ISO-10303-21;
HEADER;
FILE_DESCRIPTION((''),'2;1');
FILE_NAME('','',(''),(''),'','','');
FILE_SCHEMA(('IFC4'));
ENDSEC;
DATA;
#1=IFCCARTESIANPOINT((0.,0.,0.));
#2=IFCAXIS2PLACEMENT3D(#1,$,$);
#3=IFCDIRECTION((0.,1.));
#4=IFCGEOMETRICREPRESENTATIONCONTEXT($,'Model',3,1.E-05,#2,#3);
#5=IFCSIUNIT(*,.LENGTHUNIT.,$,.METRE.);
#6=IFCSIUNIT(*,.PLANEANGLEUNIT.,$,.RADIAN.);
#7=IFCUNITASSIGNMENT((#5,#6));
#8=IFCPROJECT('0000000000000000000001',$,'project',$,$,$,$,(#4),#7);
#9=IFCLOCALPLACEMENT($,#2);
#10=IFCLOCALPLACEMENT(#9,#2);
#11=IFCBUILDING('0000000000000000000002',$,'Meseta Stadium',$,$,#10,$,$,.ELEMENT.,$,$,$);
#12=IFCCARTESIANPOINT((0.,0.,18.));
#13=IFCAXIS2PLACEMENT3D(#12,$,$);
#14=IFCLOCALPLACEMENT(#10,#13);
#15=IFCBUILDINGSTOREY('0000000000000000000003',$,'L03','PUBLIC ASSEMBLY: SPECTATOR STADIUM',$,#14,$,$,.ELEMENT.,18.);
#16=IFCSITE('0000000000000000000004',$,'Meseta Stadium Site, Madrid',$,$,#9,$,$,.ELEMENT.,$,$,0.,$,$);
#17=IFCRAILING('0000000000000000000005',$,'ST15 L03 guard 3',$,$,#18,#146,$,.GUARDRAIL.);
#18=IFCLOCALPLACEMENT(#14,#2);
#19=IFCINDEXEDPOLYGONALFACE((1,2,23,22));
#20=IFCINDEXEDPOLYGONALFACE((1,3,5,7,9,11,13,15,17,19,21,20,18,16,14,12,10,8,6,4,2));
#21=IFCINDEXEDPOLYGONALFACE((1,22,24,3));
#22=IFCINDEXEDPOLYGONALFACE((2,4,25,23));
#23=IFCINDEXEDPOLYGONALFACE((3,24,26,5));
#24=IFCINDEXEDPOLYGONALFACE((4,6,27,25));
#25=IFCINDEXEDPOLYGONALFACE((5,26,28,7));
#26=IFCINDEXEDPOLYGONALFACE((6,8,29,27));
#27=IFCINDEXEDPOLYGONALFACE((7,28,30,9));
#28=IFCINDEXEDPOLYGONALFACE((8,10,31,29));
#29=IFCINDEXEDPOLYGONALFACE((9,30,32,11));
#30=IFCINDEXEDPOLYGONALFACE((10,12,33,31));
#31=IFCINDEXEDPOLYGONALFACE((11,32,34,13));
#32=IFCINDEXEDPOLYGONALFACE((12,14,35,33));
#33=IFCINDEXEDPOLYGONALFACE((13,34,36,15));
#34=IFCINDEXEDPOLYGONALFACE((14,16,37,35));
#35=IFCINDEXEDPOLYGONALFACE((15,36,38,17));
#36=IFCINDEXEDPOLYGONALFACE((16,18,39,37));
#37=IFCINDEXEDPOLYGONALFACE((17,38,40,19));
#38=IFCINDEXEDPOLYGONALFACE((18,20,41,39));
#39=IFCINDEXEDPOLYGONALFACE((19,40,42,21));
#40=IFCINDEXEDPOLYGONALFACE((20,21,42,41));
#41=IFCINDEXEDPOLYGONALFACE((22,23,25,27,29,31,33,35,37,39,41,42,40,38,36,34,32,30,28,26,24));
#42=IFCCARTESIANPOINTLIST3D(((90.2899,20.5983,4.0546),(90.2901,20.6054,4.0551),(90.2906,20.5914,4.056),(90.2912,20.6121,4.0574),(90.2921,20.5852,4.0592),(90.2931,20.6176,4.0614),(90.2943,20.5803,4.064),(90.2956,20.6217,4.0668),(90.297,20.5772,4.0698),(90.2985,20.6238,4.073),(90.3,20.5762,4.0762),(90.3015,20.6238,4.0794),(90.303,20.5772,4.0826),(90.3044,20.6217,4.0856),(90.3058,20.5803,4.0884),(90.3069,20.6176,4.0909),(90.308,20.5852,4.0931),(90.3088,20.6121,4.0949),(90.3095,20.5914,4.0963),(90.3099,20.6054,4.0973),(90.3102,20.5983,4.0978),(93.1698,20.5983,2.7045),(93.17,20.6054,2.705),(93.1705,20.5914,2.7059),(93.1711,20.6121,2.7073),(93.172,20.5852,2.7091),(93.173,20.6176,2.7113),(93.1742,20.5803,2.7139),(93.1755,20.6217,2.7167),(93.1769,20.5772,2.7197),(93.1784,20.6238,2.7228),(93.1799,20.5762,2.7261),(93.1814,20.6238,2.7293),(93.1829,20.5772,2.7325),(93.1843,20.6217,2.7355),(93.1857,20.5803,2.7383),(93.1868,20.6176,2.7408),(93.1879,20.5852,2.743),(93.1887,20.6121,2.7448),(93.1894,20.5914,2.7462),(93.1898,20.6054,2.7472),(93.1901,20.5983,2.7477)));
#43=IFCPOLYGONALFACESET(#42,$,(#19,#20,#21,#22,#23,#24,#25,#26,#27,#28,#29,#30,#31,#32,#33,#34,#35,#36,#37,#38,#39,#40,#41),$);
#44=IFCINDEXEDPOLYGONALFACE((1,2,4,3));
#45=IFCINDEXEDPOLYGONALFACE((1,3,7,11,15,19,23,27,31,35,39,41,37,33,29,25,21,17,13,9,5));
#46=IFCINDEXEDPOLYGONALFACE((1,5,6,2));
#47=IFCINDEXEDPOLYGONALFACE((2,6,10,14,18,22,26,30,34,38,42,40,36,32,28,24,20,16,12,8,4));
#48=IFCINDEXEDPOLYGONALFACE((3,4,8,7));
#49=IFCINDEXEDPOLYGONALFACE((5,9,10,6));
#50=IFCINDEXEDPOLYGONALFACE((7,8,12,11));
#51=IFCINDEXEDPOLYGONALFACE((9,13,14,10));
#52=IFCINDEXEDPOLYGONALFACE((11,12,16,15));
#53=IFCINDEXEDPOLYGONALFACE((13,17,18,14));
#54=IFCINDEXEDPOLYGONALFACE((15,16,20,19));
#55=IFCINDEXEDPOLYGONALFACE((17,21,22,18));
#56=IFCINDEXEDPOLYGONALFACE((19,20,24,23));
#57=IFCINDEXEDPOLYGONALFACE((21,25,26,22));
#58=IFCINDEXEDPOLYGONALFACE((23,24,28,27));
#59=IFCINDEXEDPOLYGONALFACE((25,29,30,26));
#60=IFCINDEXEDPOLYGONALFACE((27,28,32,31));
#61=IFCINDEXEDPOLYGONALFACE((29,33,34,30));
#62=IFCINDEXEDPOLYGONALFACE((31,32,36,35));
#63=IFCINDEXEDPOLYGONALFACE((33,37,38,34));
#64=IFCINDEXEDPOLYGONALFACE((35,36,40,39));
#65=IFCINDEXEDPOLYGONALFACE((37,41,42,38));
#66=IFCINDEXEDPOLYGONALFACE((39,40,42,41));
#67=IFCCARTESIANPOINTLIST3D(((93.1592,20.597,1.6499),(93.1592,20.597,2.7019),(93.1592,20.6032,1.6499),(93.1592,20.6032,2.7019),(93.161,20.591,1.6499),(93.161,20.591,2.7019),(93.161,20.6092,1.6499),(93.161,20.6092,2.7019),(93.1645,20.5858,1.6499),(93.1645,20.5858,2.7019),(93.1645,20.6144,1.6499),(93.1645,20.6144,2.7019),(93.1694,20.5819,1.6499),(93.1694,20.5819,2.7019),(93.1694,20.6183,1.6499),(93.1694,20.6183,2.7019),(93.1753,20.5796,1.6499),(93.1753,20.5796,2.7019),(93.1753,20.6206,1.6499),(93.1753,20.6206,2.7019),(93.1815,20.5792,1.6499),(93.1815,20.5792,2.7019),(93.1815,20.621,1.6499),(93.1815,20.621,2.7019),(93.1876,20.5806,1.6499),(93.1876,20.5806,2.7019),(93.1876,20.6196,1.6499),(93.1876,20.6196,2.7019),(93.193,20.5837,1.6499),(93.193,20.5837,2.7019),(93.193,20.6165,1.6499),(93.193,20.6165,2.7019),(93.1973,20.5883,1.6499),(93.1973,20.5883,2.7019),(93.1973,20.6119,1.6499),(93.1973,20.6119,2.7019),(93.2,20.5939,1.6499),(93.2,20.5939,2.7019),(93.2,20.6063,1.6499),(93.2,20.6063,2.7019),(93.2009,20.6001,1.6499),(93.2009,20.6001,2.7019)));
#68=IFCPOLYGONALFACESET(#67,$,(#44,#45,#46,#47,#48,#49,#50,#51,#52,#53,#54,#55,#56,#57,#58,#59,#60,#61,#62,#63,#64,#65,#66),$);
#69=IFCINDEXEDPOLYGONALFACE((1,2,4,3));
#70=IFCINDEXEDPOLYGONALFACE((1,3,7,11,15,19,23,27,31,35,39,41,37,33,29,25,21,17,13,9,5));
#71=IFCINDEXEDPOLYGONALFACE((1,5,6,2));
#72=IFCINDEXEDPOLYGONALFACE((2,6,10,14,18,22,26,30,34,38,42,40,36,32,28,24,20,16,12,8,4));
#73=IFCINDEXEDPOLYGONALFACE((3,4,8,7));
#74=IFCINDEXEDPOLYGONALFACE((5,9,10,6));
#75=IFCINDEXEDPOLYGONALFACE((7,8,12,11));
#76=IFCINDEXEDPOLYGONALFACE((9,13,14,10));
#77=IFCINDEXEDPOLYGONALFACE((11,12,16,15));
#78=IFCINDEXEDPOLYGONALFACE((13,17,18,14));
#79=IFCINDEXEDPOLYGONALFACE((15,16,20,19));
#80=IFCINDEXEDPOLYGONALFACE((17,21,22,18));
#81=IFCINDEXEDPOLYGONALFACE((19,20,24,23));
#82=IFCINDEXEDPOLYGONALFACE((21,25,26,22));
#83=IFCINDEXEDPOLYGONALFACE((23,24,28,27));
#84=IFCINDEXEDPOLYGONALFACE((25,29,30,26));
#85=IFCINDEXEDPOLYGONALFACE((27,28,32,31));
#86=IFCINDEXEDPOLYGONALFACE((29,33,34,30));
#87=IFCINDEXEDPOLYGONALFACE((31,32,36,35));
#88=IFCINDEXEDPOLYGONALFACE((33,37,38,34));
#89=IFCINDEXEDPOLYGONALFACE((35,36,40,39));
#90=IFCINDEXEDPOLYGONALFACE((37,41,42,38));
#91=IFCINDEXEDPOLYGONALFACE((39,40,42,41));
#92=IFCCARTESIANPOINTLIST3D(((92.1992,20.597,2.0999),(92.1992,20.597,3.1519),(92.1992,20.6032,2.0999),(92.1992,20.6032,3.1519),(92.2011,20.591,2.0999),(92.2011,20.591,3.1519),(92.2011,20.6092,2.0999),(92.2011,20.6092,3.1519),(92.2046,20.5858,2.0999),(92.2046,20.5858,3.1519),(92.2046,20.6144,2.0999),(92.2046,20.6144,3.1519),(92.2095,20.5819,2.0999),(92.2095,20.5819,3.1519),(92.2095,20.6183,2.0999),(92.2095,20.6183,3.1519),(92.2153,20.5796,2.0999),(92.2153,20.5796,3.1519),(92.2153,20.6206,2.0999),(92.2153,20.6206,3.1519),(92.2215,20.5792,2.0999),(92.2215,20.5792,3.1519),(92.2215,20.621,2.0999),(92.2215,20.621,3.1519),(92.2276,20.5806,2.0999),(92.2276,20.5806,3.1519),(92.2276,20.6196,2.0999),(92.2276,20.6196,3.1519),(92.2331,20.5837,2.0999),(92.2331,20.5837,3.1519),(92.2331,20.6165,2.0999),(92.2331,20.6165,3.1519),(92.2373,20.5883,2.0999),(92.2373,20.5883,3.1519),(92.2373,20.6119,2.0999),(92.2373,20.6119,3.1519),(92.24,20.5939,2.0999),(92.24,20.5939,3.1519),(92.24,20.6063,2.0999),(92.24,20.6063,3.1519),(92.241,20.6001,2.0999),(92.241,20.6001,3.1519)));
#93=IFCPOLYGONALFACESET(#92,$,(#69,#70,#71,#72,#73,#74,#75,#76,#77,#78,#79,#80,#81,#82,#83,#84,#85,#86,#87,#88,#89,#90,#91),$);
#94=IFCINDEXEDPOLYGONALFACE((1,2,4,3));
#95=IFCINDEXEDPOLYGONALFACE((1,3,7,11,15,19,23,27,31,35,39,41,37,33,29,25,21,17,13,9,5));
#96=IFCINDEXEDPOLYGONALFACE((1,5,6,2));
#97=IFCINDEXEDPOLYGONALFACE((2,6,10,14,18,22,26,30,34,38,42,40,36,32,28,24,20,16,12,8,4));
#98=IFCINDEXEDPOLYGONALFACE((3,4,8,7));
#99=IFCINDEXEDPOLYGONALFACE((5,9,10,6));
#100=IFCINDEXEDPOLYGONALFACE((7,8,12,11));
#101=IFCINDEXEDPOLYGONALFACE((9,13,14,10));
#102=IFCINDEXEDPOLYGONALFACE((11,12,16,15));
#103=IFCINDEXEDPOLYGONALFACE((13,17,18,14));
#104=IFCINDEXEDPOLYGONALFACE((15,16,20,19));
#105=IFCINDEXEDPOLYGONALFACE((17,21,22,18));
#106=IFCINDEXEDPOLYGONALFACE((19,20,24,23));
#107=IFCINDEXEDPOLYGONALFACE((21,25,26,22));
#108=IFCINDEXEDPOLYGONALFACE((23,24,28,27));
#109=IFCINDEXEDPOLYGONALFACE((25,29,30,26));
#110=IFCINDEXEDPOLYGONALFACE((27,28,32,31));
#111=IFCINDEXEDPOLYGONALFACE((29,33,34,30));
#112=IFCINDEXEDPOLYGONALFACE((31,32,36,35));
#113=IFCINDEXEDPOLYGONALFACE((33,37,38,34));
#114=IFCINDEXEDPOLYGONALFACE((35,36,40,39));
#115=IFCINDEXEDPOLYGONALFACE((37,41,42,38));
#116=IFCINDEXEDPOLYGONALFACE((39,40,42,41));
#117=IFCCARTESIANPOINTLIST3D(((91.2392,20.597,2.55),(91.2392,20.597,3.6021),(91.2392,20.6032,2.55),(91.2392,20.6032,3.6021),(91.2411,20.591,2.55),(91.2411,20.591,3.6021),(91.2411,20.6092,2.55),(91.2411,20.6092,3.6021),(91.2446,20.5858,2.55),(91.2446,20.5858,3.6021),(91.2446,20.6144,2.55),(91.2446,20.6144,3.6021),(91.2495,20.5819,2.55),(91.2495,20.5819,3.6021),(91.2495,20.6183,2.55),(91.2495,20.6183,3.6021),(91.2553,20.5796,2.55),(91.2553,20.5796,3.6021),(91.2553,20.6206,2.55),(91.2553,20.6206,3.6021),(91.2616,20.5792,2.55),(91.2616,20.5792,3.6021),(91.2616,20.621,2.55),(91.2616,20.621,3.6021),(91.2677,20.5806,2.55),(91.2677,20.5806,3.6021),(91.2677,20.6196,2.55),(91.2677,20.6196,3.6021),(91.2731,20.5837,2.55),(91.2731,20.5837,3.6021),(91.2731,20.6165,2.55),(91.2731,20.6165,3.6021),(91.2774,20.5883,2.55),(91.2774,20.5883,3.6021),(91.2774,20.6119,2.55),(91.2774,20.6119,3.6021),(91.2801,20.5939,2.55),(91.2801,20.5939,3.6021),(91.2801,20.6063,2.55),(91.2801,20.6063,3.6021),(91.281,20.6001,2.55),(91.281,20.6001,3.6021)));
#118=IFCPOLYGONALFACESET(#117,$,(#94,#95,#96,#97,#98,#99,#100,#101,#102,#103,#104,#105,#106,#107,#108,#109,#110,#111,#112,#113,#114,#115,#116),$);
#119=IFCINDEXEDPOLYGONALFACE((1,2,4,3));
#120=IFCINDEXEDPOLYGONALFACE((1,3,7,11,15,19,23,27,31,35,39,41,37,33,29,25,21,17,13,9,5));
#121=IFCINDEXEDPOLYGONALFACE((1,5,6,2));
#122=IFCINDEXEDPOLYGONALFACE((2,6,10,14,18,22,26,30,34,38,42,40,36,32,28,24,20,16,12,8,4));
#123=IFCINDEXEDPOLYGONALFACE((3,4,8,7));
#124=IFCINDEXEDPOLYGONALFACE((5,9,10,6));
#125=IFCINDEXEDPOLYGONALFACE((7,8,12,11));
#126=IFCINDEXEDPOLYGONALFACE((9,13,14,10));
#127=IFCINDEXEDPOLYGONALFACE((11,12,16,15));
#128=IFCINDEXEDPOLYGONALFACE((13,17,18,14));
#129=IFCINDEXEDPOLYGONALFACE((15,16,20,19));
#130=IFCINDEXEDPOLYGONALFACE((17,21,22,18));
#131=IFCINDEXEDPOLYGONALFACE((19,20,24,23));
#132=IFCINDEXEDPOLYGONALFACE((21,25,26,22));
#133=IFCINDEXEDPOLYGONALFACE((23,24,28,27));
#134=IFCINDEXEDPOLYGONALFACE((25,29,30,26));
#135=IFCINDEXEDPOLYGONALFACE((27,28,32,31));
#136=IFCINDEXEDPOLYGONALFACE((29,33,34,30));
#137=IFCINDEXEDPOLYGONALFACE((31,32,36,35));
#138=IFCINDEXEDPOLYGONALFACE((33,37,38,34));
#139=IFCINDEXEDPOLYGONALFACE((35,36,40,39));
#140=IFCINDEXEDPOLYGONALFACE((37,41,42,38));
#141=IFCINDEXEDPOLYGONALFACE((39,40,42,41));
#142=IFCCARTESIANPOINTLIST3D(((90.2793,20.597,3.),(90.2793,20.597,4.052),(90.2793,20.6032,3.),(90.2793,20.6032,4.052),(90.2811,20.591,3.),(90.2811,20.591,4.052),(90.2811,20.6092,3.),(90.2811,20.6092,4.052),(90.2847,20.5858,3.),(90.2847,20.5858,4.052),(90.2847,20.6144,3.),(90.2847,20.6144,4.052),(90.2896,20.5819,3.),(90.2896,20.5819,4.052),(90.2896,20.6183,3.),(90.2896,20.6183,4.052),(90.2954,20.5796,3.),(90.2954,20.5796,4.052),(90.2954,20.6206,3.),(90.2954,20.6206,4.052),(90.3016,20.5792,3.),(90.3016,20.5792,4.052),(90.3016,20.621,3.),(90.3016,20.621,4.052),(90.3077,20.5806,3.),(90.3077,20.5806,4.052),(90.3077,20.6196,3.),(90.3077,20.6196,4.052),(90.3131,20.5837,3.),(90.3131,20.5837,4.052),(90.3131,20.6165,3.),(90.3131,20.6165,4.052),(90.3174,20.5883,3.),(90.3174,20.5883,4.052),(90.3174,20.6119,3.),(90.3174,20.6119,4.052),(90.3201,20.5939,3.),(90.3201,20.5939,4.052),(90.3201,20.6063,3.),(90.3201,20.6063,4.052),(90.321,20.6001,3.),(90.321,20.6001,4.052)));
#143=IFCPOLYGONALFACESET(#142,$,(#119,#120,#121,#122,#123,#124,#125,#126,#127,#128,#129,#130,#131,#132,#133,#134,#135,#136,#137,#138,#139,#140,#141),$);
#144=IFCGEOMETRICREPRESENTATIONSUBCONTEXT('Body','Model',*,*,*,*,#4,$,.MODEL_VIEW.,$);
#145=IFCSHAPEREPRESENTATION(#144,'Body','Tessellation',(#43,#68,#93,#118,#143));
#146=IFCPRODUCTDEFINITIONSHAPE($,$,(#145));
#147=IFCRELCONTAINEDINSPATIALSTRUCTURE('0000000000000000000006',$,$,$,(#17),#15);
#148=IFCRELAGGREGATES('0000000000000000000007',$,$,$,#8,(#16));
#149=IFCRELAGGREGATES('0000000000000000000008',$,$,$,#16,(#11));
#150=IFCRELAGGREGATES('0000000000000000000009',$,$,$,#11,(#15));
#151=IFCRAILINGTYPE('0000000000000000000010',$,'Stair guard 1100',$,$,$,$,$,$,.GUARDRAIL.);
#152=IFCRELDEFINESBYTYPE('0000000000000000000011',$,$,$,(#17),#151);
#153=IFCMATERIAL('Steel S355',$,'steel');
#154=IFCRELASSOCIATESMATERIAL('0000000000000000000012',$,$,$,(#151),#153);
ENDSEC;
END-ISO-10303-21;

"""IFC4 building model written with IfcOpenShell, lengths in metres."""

from ifc_helpers import new_model, si_unit, direction, frame, origin, origin_2d, place, context, subcontext, project, spatial, circle, extrude, material, type_object, element, save


model = new_model("IFC4")

# Units and contexts
model_context = context("Model", 3, precision=1e-05, world=origin(), true_north=direction((0.0, 1.0)))
body_context = subcontext(model_context, "Body", "Model", "MODEL_VIEW")
ifc_project = project(units=[si_unit("LENGTHUNIT", "METRE"), si_unit("PLANEANGLEUNIT", "RADIAN")], contexts=[model_context])

# Site, building, storey
site_placement = place(None, origin())
site = spatial("IfcSite", under=ifc_project, at=site_placement, Name="Meseta Stadium Site, Madrid", CompositionType="ELEMENT", RefElevation=0.0)
building_placement = place(site_placement, origin())
building = spatial("IfcBuilding", under=site, at=building_placement, Name="Meseta Stadium", CompositionType="ELEMENT")
storey_placement = place(building_placement, frame((0.0, 0.0, 18.0)))
storey = spatial("IfcBuildingStorey", under=building, at=storey_placement, Name="L03", Description="PUBLIC ASSEMBLY: SPECTATOR STADIUM", CompositionType="ELEMENT", Elevation=18.0)

# Railing
ifc_material_1 = material(Name="Steel S355", Category="steel")
railing_type_1 = type_object("IfcRailingType", Name="Stair guard 1100", PredefinedType="GUARDRAIL", material=ifc_material_1)
railing_1_placement = place(storey_placement, frame((93.1799, 20.6001, 1.6499)))
element("IfcRailing", 1, at=railing_1_placement, inside=storey, type_object=railing_type_1, Name="ST15 L03 guard 3", PredefinedType="GUARDRAIL", context=body_context, shape_type="SweptSolid", body=[
    extrude(circle(Radius=0.0239, at=origin_2d()), frame((0.0, 0.0, 1.0762), z_axis=(-0.90544, 0.0, 0.424473), x_axis=(0.0, -1.0, 0.0)), (0.0, 0.0, 1.0), 3.1807),
    extrude(circle(Radius=0.021, at=origin_2d()), origin(), (0.0, 0.0, 1.0), 1.052),
    extrude(circle(Radius=0.021, at=origin_2d()), frame((-0.96, 0.0, 0.45)), (0.0, 0.0, 1.0), 1.052),
    extrude(circle(Radius=0.021, at=origin_2d()), frame((-1.9199, 0.0, 0.9001)), (0.0, 0.0, 1.0), 1.052),
    extrude(circle(Radius=0.021, at=origin_2d()), frame((-2.8799, 0.0, 1.3501)), (0.0, 0.0, 1.0), 1.052),
])

save(model, "model.ifc")
